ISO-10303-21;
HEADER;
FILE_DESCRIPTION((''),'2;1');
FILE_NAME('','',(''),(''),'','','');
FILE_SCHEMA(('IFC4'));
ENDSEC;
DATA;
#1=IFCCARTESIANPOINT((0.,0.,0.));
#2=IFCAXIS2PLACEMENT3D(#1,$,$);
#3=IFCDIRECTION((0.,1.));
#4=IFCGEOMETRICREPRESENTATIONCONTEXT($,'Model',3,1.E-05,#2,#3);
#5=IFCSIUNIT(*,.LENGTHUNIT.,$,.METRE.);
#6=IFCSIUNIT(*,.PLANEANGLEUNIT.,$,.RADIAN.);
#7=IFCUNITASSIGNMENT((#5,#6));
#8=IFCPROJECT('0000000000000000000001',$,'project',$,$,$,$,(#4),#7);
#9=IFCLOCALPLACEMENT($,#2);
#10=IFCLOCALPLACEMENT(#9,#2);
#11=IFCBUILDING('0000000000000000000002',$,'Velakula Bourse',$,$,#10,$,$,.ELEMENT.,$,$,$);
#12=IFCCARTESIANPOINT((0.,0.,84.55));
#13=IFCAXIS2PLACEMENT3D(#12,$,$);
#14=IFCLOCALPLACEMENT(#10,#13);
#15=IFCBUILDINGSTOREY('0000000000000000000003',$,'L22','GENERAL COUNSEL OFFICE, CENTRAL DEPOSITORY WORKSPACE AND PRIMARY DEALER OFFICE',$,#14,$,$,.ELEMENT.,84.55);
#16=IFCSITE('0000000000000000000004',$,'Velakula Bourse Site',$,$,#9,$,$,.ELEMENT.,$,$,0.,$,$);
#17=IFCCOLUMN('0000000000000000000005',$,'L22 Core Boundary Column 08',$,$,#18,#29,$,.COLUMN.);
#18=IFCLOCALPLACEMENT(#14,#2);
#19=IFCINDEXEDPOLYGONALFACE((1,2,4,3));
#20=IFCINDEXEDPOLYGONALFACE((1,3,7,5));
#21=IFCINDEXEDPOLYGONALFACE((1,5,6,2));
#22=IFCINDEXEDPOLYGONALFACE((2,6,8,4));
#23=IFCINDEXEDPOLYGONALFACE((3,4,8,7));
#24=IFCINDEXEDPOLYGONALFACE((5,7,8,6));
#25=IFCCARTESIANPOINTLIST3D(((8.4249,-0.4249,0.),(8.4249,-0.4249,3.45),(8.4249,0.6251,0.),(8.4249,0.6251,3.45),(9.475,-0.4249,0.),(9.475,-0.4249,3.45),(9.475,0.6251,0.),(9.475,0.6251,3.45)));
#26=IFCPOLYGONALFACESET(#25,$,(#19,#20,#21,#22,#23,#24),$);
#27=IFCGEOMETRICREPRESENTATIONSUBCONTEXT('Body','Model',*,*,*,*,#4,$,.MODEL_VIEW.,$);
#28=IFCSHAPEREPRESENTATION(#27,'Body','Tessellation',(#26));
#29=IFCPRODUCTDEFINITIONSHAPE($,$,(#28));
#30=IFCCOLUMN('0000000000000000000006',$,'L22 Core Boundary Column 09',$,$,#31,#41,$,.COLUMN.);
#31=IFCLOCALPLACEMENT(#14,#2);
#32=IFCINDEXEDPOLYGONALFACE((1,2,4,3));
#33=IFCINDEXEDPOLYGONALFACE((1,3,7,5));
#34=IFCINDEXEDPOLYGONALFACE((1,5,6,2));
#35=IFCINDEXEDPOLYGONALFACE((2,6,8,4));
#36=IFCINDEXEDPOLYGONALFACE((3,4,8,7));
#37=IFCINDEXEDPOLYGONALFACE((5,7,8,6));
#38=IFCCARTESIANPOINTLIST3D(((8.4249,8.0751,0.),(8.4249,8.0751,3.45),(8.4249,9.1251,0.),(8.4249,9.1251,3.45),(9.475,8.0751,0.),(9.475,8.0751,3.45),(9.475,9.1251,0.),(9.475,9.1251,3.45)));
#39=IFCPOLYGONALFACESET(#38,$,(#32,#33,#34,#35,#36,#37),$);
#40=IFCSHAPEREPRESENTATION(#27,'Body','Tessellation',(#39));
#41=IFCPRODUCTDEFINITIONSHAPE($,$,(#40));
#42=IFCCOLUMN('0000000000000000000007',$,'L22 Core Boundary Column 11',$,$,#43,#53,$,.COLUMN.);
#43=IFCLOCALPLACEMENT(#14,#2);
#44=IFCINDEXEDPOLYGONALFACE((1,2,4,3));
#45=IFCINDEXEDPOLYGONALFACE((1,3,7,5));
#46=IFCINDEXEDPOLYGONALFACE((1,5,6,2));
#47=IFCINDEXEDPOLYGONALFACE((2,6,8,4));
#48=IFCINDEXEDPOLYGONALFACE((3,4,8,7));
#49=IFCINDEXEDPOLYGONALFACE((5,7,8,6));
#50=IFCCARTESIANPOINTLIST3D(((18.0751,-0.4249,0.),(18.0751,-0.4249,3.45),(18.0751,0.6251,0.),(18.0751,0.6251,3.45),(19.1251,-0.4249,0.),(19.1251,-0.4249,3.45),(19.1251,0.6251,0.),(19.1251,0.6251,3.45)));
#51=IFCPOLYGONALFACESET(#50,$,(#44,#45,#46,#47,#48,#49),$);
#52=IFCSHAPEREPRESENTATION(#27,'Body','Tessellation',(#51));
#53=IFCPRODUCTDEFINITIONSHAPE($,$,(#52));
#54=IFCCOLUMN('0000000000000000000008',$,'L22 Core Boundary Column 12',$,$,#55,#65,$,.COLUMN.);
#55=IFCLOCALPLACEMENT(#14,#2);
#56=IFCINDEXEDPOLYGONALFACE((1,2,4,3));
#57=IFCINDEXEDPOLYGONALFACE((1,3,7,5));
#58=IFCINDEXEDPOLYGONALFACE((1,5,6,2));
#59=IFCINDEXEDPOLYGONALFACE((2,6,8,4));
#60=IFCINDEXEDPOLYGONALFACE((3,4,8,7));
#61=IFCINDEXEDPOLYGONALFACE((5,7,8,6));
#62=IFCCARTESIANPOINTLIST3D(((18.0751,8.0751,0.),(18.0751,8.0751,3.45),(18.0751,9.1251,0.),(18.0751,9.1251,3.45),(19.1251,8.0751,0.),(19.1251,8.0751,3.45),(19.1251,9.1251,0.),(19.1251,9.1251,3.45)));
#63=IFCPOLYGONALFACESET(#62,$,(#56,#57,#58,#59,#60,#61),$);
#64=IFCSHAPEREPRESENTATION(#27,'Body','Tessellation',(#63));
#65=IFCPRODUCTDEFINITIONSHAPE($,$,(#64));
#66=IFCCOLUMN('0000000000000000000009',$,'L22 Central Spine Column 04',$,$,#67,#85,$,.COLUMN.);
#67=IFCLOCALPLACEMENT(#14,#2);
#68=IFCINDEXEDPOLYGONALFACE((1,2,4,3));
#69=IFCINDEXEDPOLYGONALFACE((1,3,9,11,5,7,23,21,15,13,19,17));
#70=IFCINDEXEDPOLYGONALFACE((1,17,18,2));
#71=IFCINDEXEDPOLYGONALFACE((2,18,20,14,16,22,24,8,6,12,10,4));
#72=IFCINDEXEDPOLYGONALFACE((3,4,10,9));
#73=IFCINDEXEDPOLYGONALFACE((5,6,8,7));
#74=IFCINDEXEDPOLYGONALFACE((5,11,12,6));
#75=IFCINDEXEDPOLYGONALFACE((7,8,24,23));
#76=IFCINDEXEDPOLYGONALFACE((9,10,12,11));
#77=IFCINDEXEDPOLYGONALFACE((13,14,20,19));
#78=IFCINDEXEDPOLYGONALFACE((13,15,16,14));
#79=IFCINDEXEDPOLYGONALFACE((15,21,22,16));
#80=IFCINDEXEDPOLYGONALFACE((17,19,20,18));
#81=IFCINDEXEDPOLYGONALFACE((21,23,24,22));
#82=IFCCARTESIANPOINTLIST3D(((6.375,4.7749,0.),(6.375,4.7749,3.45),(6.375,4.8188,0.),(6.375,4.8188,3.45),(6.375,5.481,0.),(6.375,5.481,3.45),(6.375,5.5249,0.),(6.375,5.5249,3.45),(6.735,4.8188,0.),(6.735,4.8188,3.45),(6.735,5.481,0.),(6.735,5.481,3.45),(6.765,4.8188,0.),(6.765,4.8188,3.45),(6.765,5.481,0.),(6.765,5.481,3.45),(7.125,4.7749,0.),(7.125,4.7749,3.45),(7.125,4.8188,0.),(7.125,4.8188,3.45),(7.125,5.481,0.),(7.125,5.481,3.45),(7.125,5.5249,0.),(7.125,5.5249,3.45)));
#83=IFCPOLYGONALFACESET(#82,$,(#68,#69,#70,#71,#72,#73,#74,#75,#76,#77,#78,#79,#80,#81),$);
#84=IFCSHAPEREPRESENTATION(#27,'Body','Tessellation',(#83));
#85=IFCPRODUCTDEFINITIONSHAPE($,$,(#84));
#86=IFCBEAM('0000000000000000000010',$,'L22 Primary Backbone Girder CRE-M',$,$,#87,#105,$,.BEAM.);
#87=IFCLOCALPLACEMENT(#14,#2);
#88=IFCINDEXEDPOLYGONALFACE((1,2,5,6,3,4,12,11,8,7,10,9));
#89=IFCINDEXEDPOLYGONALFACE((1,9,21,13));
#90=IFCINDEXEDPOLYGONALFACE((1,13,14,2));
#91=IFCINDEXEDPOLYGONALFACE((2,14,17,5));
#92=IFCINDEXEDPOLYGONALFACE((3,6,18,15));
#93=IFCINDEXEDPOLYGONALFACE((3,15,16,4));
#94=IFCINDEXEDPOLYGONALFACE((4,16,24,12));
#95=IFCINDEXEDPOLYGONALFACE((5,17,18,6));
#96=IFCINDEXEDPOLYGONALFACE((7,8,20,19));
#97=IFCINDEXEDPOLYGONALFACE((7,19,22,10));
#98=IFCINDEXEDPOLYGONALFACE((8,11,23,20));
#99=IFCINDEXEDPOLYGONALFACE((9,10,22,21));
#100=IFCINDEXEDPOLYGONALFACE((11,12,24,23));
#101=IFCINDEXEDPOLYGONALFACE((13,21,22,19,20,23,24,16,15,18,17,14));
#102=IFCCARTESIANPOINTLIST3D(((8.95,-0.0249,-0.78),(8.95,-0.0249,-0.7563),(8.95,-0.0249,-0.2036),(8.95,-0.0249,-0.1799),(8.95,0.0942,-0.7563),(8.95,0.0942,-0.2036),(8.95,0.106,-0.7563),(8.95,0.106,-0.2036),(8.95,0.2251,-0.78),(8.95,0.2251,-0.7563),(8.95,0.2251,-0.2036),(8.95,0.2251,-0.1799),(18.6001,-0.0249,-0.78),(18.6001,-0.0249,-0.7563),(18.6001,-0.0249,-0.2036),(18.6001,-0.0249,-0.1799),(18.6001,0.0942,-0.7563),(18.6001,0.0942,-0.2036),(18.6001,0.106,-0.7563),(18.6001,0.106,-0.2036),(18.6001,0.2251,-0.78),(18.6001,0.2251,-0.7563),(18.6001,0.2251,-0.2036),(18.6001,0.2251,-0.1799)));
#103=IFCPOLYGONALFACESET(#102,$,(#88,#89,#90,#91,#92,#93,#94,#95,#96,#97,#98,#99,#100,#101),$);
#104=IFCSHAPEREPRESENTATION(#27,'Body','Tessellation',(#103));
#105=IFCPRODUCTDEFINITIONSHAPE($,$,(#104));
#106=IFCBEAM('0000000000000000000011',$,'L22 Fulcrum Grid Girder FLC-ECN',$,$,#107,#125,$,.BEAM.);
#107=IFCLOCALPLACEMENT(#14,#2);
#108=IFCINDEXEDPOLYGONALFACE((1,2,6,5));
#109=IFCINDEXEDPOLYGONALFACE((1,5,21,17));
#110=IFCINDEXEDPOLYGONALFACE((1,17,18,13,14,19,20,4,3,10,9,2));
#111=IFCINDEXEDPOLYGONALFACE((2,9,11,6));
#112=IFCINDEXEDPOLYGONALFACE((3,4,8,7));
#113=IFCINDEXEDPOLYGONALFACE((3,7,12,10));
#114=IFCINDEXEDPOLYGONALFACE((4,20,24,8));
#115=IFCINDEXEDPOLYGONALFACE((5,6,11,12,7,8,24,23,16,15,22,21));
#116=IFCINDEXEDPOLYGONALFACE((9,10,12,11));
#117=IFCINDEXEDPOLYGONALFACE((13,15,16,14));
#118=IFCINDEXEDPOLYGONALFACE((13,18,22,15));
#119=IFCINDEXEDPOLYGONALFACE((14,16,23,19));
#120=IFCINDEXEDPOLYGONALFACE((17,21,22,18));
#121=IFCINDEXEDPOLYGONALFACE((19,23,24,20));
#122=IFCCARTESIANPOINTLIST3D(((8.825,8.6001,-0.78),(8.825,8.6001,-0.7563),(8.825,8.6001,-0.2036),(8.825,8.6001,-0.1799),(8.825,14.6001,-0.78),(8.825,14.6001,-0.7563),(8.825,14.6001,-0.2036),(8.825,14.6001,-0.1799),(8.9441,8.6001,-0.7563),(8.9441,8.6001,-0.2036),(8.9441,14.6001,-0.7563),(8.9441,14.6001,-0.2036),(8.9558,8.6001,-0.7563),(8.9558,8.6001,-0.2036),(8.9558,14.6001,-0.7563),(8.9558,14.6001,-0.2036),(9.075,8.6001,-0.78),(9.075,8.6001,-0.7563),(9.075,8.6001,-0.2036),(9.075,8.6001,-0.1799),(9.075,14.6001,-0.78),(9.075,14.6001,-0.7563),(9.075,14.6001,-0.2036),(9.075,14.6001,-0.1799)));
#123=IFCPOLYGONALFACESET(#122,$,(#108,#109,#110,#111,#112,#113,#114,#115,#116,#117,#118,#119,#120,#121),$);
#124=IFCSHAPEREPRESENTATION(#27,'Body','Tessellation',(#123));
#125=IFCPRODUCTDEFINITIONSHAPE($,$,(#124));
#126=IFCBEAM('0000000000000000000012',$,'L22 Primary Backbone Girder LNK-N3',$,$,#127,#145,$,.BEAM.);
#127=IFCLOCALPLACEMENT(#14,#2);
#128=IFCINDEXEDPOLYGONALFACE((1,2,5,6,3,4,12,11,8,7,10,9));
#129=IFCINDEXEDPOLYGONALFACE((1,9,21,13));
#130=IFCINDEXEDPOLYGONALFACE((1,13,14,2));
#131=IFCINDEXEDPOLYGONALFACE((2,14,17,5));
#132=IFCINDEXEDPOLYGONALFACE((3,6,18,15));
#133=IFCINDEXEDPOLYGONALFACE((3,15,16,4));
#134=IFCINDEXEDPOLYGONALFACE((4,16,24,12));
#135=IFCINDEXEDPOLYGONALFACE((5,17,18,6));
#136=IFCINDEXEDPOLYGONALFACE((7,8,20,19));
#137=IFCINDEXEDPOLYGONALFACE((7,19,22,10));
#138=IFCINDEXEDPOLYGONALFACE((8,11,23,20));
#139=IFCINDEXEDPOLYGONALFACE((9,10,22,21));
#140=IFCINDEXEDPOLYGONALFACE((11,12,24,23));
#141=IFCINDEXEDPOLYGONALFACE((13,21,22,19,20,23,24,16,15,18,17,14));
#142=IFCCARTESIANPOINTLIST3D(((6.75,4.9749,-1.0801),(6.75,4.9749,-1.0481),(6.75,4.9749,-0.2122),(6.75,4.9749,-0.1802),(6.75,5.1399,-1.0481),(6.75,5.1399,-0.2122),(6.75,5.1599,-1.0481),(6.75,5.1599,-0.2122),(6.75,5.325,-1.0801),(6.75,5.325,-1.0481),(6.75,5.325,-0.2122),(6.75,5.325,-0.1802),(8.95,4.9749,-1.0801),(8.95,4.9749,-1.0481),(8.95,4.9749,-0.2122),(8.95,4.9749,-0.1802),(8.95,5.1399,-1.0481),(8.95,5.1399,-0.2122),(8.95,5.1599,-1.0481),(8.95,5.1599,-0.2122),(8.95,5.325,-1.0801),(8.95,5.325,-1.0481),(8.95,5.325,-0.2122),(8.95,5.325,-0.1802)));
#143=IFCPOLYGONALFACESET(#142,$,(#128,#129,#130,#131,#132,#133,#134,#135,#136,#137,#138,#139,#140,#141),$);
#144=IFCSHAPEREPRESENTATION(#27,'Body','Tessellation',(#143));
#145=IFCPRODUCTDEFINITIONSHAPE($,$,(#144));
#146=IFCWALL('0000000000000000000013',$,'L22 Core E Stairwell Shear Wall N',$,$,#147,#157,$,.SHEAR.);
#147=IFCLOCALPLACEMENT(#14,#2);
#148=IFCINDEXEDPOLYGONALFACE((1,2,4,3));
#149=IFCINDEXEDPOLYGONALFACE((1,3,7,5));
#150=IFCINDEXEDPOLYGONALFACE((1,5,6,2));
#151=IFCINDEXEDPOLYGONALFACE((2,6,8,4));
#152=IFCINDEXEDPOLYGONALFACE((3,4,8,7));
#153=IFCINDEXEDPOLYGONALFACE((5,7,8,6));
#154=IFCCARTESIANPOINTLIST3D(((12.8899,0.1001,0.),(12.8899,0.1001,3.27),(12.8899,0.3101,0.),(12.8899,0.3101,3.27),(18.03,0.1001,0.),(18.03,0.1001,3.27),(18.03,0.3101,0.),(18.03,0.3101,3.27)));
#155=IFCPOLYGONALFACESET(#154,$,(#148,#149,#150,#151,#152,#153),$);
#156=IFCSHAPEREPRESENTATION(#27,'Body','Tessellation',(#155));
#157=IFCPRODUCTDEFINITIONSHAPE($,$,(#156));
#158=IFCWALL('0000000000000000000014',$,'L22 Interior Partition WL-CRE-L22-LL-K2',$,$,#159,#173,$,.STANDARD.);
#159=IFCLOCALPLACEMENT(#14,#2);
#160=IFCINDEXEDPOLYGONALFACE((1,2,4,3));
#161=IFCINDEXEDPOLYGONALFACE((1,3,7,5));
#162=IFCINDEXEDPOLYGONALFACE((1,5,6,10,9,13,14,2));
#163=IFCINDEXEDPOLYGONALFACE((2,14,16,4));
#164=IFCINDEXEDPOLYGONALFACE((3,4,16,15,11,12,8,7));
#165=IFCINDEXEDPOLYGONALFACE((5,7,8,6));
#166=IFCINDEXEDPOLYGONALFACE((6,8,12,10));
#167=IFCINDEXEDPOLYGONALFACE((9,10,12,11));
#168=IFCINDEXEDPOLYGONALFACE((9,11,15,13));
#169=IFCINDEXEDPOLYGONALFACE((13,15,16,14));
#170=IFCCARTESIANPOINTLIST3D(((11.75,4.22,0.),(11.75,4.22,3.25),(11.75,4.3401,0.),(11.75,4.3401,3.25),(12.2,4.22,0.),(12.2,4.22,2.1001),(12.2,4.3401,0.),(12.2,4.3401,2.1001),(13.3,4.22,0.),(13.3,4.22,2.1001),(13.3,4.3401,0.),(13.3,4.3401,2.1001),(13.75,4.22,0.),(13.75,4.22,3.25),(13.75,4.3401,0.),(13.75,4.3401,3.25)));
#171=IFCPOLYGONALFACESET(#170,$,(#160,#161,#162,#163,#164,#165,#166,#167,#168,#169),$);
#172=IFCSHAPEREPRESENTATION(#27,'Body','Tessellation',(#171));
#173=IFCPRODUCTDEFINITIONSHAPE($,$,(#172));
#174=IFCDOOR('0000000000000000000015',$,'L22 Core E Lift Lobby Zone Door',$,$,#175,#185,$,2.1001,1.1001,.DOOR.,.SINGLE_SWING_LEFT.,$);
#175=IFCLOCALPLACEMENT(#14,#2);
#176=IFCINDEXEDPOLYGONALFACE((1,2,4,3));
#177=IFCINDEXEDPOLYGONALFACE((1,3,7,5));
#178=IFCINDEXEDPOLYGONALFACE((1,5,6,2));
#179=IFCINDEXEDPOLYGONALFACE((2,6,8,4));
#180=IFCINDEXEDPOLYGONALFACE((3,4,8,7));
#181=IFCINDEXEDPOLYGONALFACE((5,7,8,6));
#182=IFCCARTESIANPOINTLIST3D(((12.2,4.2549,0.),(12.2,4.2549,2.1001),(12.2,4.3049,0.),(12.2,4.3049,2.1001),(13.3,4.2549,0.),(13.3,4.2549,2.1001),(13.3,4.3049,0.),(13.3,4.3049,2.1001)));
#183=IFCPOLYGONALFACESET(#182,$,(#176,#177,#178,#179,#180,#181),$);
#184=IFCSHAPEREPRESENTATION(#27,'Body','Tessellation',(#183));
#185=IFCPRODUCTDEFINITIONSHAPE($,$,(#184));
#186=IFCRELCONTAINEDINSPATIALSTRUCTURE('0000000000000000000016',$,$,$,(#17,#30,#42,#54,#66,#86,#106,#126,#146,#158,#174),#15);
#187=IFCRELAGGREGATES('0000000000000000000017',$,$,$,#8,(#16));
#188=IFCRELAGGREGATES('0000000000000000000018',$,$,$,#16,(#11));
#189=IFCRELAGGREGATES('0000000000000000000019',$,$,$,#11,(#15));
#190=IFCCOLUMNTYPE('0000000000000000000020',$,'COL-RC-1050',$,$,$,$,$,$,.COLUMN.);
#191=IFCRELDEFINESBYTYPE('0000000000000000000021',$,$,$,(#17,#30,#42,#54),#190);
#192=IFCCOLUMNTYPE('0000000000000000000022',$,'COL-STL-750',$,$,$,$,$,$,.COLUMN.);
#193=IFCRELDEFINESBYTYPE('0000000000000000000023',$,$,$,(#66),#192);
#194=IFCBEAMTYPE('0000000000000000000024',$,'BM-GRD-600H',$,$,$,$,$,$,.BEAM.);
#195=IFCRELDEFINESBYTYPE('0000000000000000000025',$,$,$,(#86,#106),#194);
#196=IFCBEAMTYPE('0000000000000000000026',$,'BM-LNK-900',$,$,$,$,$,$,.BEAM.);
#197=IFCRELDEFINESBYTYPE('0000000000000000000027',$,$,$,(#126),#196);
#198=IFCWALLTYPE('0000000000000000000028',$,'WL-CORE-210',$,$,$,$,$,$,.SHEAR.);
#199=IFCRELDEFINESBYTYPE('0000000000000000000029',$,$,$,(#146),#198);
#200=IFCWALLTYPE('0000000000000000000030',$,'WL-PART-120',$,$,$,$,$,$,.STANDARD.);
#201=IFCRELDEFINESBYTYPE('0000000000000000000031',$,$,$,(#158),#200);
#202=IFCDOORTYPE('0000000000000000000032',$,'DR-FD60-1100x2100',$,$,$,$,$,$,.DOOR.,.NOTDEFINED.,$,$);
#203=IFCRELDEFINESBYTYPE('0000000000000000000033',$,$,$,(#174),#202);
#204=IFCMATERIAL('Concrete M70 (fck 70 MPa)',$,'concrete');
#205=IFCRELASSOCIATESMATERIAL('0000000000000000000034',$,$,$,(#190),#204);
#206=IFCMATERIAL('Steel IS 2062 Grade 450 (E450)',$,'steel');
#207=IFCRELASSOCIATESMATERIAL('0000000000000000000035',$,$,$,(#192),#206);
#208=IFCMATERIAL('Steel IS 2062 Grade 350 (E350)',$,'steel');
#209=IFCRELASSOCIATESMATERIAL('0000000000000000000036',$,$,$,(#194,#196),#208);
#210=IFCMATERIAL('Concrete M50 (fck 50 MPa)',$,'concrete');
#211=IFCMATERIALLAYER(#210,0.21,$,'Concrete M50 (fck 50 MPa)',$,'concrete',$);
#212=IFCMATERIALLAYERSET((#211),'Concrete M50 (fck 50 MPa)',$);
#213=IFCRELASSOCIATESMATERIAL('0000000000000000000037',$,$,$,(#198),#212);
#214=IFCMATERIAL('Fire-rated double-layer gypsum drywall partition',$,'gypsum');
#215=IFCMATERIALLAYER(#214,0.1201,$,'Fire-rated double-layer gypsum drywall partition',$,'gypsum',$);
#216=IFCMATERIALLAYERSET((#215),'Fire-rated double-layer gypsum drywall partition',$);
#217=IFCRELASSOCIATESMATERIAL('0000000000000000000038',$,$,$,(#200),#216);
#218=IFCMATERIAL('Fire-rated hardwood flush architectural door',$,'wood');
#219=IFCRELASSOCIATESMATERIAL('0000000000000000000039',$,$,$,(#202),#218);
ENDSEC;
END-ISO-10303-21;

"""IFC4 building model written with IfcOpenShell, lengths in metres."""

from ifc_helpers import new_model, si_unit, direction, frame, frame_2d, origin, origin_2d, place, context, subcontext, project, spatial, rectangle, i_section, extrude, material, layer, layer_set, material_profile, profile_set, type_object, element, fill, save


model = new_model("IFC4")

# Units and contexts
model_context = context("Model", 3, precision=1e-05, world=origin(), true_north=direction((0.0, 1.0)))
body_context = subcontext(model_context, "Body", "Model", "MODEL_VIEW")
ifc_project = project(units=[si_unit("LENGTHUNIT", "METRE"), si_unit("PLANEANGLEUNIT", "RADIAN")], contexts=[model_context])

# Site, building, storey
site_placement = place(None, origin())
site = spatial("IfcSite", under=ifc_project, at=site_placement, Name="Velakula Bourse Site", CompositionType="ELEMENT", RefElevation=0.0)
building_placement = place(site_placement, origin())
building = spatial("IfcBuilding", under=site, at=building_placement, Name="Velakula Bourse", CompositionType="ELEMENT")
storey_placement = place(building_placement, frame((0.0, 0.0, 84.55)))
storey = spatial("IfcBuildingStorey", under=building, at=storey_placement, Name="L22", Description="GENERAL COUNSEL OFFICE, CENTRAL DEPOSITORY WORKSPACE AND PRIMARY DEALER OFFICE", CompositionType="ELEMENT", Elevation=84.55)

# Columns
ifc_material_1 = material(Name="Concrete M70 (fck 70 MPa)", Category="concrete")
ifc_material_profile_1 = material_profile(ifc_material_1, rectangle(XDim=1.05, YDim=1.05, at=origin_2d()), Name="Concrete M70 (fck 70 MPa)")
ifc_profile_set_1 = profile_set([ifc_material_profile_1], Name="Concrete M70 (fck 70 MPa)")
column_type_1 = type_object("IfcColumnType", Name="COL-RC-1050", PredefinedType="COLUMN", material=ifc_profile_set_1)
for number, where, z_axis, x_axis, name in (
    (1, (8.95, 0.1001, 0.0), (0.0, 0.0, 1.0), (1.0, 0.0, 0.0), "L22 Core Boundary Column 08"),
    (2, (8.95, 8.6001, 0.0), (0.0, 0.0, 1.0), (1.0, 0.0, 0.0), "L22 Core Boundary Column 09"),
    (3, (18.6001, 0.1001, 0.0), (0.0, 0.0, 1.0), (1.0, 0.0, 0.0), "L22 Core Boundary Column 11"),
    (4, (18.6001, 8.6001, 0.0), (0.0, 0.0, 1.0), (1.0, 0.0, 0.0), "L22 Core Boundary Column 12"),
):
    element("IfcColumn", number, at=place(storey_placement, frame(where, z_axis=z_axis, x_axis=x_axis)), inside=storey, type_object=column_type_1, Name=name, PredefinedType="COLUMN", context=body_context, shape_type="SweptSolid", body=[
        extrude(rectangle(XDim=1.05, YDim=1.05, at=origin_2d()), origin(), (0.0, 0.0, 1.0), 3.45),
    ])
ifc_material_2 = material(Name="Steel IS 2062 Grade 450 (E450)", Category="steel")
ifc_material_profile_2 = material_profile(ifc_material_2, i_section(OverallWidth=0.75, OverallDepth=0.75, WebThickness=0.03, FlangeThickness=0.0439, at=origin_2d()), Name="Steel IS 2062 Grade 450 (E450)")
ifc_profile_set_2 = profile_set([ifc_material_profile_2], Name="Steel IS 2062 Grade 450 (E450)")
column_type_2 = type_object("IfcColumnType", Name="COL-STL-750", PredefinedType="COLUMN", material=ifc_profile_set_2)
column_placement = place(storey_placement, frame((6.75, 5.1499, 0.0), z_axis=(0.0, 0.0, 1.0), x_axis=(1.0, 0.0, 0.0)))
element("IfcColumn", 5, at=column_placement, inside=storey, type_object=column_type_2, Name="L22 Central Spine Column 04", PredefinedType="COLUMN", context=body_context, shape_type="SweptSolid", body=[
    extrude(i_section(OverallWidth=0.75, OverallDepth=0.75, WebThickness=0.03, FlangeThickness=0.0439, at=origin_2d()), origin(), (0.0, 0.0, 1.0), 3.45),
])

# Beams
ifc_material_3 = material(Name="Steel IS 2062 Grade 350 (E350)", Category="steel")
ifc_material_profile_3 = material_profile(ifc_material_3, i_section(OverallWidth=0.25, OverallDepth=0.6001, WebThickness=0.0117, FlangeThickness=0.0237, at=origin_2d()), Name="Steel IS 2062 Grade 350 (E350)")
ifc_profile_set_3 = profile_set([ifc_material_profile_3], Name="Steel IS 2062 Grade 350 (E350)")
beam_type_1 = type_object("IfcBeamType", Name="BM-GRD-600H", PredefinedType="BEAM", material=ifc_profile_set_3)
beam_1_placement = place(storey_placement, frame((8.95, 0.1001, -0.48), z_axis=(1.0, 0.0, 0.0), x_axis=(0.0, 1.0, 0.0)))
element("IfcBeam", 6, at=beam_1_placement, inside=storey, type_object=beam_type_1, Name="L22 Primary Backbone Girder CRE-M", PredefinedType="BEAM", context=body_context, shape_type="SweptSolid", body=[
    extrude(i_section(OverallWidth=0.25, OverallDepth=0.6001, WebThickness=0.0117, FlangeThickness=0.0237, at=origin_2d()), origin(), (0.0, 0.0, 1.0), 9.6501),
])
beam_2_placement = place(storey_placement, frame((8.95, 8.6001, -0.48), z_axis=(0.0, 1.0, 0.0), x_axis=(-1.0, 0.0, 0.0)))
element("IfcBeam", 7, at=beam_2_placement, inside=storey, type_object=beam_type_1, Name="L22 Fulcrum Grid Girder FLC-ECN", PredefinedType="BEAM", context=body_context, shape_type="SweptSolid", body=[
    extrude(i_section(OverallWidth=0.25, OverallDepth=0.6001, WebThickness=0.0117, FlangeThickness=0.0237, at=origin_2d()), origin(), (0.0, 0.0, 1.0), 6.0),
])
ifc_material_profile_4 = material_profile(ifc_material_3, i_section(OverallWidth=0.3501, OverallDepth=0.8999, WebThickness=0.02, FlangeThickness=0.032, at=origin_2d()), Name="Steel IS 2062 Grade 350 (E350)")
ifc_profile_set_4 = profile_set([ifc_material_profile_4], Name="Steel IS 2062 Grade 350 (E350)")
beam_type_2 = type_object("IfcBeamType", Name="BM-LNK-900", PredefinedType="BEAM", material=ifc_profile_set_4)
beam_3_placement = place(storey_placement, frame((6.75, 5.1499, -0.6301), z_axis=(1.0, 0.0, 0.0), x_axis=(0.0, 1.0, 0.0)))
element("IfcBeam", 8, at=beam_3_placement, inside=storey, type_object=beam_type_2, Name="L22 Primary Backbone Girder LNK-N3", PredefinedType="BEAM", context=body_context, shape_type="SweptSolid", body=[
    extrude(i_section(OverallWidth=0.3501, OverallDepth=0.8999, WebThickness=0.02, FlangeThickness=0.032, at=origin_2d()), origin(), (0.0, 0.0, 1.0), 2.2),
])

# Wall
ifc_material_4 = material(Name="Concrete M50 (fck 50 MPa)", Category="concrete")
ifc_layer_1 = layer(ifc_material_4, 0.21, Name="Concrete M50 (fck 50 MPa)", Category="concrete")
ifc_layer_set_1 = layer_set([ifc_layer_1], Name="Concrete M50 (fck 50 MPa)")
wall_type_1 = type_object("IfcWallType", Name="WL-CORE-210", PredefinedType="SHEAR", material=ifc_layer_set_1)
wall_1_placement = place(storey_placement, frame((18.03, 0.2051, 0.0), z_axis=(0.0, 0.0, 1.0), x_axis=(-1.0, 0.0, 0.0)))
element("IfcWall", 9, at=wall_1_placement, inside=storey, type_object=wall_type_1, Name="L22 Core E Stairwell Shear Wall N", PredefinedType="SHEAR", context=body_context, shape_type="SweptSolid", body=[
    extrude(rectangle(XDim=5.1401, YDim=0.21, at=frame_2d((2.5701, 0.0))), origin(), (0.0, 0.0, 1.0), 3.27),
])

# Wall, opening, door
ifc_material_5 = material(Name="Fire-rated double-layer gypsum drywall partition", Category="gypsum")
ifc_layer_2 = layer(ifc_material_5, 0.1201, Name="Fire-rated double-layer gypsum drywall partition", Category="gypsum")
ifc_layer_set_2 = layer_set([ifc_layer_2], Name="Fire-rated double-layer gypsum drywall partition")
wall_type_2 = type_object("IfcWallType", Name="WL-PART-120", PredefinedType="STANDARD", material=ifc_layer_set_2)
wall_2_placement = place(storey_placement, frame((11.75, 4.28, 0.0), z_axis=(0.0, 0.0, 1.0), x_axis=(1.0, 0.0, 0.0)))
wall_2 = element("IfcWall", 10, at=wall_2_placement, inside=storey, type_object=wall_type_2, Name="L22 Interior Partition WL-CRE-L22-LL-K2", PredefinedType="STANDARD", context=body_context, shape_type="SweptSolid", body=[
    extrude(rectangle(XDim=2.0, YDim=0.1201, at=frame_2d((1.0, 0.0))), origin(), (0.0, 0.0, 1.0), 3.25),
])
opening_1_placement = place(wall_2_placement, frame((0.45, 0.0, 0.0)))
opening_1 = element("IfcOpeningElement", 11, at=opening_1_placement, cuts=wall_2, PredefinedType="OPENING", context=body_context, shape_type="SweptSolid", body=[
    extrude(rectangle(XDim=1.1001, YDim=2.1001, at=frame_2d((0.55, 1.05))), frame((0.0, 0.0701, 0.0), z_axis=(0.0, -1.0, 0.0), x_axis=(1.0, 0.0, 0.0)), (0.0, 0.0, 1.0), 0.1401),
])
ifc_material_6 = material(Name="Fire-rated hardwood flush architectural door", Category="wood")
door_type_1 = type_object("IfcDoorType", Name="DR-FD60-1100x2100", OperationType="NOTDEFINED", PredefinedType="DOOR", material=ifc_material_6)
door_1_placement = place(opening_1_placement, origin())
door_1 = element("IfcDoor", 12, at=door_1_placement, inside=storey, type_object=door_type_1, Name="L22 Core E Lift Lobby Zone Door", OperationType="SINGLE_SWING_LEFT", OverallHeight=2.1001, OverallWidth=1.1001, PredefinedType="DOOR", context=body_context, shape_type="SweptSolid", body=[
    extrude(rectangle(XDim=1.1001, YDim=2.1001, at=frame_2d((0.55, 1.05))), frame((0.0, 0.0249, 0.0), z_axis=(0.0, -1.0, 0.0), x_axis=(1.0, 0.0, 0.0)), (0.0, 0.0, 1.0), 0.05),
])
fill(opening_1, door_1)

save(model, "model.ifc")
